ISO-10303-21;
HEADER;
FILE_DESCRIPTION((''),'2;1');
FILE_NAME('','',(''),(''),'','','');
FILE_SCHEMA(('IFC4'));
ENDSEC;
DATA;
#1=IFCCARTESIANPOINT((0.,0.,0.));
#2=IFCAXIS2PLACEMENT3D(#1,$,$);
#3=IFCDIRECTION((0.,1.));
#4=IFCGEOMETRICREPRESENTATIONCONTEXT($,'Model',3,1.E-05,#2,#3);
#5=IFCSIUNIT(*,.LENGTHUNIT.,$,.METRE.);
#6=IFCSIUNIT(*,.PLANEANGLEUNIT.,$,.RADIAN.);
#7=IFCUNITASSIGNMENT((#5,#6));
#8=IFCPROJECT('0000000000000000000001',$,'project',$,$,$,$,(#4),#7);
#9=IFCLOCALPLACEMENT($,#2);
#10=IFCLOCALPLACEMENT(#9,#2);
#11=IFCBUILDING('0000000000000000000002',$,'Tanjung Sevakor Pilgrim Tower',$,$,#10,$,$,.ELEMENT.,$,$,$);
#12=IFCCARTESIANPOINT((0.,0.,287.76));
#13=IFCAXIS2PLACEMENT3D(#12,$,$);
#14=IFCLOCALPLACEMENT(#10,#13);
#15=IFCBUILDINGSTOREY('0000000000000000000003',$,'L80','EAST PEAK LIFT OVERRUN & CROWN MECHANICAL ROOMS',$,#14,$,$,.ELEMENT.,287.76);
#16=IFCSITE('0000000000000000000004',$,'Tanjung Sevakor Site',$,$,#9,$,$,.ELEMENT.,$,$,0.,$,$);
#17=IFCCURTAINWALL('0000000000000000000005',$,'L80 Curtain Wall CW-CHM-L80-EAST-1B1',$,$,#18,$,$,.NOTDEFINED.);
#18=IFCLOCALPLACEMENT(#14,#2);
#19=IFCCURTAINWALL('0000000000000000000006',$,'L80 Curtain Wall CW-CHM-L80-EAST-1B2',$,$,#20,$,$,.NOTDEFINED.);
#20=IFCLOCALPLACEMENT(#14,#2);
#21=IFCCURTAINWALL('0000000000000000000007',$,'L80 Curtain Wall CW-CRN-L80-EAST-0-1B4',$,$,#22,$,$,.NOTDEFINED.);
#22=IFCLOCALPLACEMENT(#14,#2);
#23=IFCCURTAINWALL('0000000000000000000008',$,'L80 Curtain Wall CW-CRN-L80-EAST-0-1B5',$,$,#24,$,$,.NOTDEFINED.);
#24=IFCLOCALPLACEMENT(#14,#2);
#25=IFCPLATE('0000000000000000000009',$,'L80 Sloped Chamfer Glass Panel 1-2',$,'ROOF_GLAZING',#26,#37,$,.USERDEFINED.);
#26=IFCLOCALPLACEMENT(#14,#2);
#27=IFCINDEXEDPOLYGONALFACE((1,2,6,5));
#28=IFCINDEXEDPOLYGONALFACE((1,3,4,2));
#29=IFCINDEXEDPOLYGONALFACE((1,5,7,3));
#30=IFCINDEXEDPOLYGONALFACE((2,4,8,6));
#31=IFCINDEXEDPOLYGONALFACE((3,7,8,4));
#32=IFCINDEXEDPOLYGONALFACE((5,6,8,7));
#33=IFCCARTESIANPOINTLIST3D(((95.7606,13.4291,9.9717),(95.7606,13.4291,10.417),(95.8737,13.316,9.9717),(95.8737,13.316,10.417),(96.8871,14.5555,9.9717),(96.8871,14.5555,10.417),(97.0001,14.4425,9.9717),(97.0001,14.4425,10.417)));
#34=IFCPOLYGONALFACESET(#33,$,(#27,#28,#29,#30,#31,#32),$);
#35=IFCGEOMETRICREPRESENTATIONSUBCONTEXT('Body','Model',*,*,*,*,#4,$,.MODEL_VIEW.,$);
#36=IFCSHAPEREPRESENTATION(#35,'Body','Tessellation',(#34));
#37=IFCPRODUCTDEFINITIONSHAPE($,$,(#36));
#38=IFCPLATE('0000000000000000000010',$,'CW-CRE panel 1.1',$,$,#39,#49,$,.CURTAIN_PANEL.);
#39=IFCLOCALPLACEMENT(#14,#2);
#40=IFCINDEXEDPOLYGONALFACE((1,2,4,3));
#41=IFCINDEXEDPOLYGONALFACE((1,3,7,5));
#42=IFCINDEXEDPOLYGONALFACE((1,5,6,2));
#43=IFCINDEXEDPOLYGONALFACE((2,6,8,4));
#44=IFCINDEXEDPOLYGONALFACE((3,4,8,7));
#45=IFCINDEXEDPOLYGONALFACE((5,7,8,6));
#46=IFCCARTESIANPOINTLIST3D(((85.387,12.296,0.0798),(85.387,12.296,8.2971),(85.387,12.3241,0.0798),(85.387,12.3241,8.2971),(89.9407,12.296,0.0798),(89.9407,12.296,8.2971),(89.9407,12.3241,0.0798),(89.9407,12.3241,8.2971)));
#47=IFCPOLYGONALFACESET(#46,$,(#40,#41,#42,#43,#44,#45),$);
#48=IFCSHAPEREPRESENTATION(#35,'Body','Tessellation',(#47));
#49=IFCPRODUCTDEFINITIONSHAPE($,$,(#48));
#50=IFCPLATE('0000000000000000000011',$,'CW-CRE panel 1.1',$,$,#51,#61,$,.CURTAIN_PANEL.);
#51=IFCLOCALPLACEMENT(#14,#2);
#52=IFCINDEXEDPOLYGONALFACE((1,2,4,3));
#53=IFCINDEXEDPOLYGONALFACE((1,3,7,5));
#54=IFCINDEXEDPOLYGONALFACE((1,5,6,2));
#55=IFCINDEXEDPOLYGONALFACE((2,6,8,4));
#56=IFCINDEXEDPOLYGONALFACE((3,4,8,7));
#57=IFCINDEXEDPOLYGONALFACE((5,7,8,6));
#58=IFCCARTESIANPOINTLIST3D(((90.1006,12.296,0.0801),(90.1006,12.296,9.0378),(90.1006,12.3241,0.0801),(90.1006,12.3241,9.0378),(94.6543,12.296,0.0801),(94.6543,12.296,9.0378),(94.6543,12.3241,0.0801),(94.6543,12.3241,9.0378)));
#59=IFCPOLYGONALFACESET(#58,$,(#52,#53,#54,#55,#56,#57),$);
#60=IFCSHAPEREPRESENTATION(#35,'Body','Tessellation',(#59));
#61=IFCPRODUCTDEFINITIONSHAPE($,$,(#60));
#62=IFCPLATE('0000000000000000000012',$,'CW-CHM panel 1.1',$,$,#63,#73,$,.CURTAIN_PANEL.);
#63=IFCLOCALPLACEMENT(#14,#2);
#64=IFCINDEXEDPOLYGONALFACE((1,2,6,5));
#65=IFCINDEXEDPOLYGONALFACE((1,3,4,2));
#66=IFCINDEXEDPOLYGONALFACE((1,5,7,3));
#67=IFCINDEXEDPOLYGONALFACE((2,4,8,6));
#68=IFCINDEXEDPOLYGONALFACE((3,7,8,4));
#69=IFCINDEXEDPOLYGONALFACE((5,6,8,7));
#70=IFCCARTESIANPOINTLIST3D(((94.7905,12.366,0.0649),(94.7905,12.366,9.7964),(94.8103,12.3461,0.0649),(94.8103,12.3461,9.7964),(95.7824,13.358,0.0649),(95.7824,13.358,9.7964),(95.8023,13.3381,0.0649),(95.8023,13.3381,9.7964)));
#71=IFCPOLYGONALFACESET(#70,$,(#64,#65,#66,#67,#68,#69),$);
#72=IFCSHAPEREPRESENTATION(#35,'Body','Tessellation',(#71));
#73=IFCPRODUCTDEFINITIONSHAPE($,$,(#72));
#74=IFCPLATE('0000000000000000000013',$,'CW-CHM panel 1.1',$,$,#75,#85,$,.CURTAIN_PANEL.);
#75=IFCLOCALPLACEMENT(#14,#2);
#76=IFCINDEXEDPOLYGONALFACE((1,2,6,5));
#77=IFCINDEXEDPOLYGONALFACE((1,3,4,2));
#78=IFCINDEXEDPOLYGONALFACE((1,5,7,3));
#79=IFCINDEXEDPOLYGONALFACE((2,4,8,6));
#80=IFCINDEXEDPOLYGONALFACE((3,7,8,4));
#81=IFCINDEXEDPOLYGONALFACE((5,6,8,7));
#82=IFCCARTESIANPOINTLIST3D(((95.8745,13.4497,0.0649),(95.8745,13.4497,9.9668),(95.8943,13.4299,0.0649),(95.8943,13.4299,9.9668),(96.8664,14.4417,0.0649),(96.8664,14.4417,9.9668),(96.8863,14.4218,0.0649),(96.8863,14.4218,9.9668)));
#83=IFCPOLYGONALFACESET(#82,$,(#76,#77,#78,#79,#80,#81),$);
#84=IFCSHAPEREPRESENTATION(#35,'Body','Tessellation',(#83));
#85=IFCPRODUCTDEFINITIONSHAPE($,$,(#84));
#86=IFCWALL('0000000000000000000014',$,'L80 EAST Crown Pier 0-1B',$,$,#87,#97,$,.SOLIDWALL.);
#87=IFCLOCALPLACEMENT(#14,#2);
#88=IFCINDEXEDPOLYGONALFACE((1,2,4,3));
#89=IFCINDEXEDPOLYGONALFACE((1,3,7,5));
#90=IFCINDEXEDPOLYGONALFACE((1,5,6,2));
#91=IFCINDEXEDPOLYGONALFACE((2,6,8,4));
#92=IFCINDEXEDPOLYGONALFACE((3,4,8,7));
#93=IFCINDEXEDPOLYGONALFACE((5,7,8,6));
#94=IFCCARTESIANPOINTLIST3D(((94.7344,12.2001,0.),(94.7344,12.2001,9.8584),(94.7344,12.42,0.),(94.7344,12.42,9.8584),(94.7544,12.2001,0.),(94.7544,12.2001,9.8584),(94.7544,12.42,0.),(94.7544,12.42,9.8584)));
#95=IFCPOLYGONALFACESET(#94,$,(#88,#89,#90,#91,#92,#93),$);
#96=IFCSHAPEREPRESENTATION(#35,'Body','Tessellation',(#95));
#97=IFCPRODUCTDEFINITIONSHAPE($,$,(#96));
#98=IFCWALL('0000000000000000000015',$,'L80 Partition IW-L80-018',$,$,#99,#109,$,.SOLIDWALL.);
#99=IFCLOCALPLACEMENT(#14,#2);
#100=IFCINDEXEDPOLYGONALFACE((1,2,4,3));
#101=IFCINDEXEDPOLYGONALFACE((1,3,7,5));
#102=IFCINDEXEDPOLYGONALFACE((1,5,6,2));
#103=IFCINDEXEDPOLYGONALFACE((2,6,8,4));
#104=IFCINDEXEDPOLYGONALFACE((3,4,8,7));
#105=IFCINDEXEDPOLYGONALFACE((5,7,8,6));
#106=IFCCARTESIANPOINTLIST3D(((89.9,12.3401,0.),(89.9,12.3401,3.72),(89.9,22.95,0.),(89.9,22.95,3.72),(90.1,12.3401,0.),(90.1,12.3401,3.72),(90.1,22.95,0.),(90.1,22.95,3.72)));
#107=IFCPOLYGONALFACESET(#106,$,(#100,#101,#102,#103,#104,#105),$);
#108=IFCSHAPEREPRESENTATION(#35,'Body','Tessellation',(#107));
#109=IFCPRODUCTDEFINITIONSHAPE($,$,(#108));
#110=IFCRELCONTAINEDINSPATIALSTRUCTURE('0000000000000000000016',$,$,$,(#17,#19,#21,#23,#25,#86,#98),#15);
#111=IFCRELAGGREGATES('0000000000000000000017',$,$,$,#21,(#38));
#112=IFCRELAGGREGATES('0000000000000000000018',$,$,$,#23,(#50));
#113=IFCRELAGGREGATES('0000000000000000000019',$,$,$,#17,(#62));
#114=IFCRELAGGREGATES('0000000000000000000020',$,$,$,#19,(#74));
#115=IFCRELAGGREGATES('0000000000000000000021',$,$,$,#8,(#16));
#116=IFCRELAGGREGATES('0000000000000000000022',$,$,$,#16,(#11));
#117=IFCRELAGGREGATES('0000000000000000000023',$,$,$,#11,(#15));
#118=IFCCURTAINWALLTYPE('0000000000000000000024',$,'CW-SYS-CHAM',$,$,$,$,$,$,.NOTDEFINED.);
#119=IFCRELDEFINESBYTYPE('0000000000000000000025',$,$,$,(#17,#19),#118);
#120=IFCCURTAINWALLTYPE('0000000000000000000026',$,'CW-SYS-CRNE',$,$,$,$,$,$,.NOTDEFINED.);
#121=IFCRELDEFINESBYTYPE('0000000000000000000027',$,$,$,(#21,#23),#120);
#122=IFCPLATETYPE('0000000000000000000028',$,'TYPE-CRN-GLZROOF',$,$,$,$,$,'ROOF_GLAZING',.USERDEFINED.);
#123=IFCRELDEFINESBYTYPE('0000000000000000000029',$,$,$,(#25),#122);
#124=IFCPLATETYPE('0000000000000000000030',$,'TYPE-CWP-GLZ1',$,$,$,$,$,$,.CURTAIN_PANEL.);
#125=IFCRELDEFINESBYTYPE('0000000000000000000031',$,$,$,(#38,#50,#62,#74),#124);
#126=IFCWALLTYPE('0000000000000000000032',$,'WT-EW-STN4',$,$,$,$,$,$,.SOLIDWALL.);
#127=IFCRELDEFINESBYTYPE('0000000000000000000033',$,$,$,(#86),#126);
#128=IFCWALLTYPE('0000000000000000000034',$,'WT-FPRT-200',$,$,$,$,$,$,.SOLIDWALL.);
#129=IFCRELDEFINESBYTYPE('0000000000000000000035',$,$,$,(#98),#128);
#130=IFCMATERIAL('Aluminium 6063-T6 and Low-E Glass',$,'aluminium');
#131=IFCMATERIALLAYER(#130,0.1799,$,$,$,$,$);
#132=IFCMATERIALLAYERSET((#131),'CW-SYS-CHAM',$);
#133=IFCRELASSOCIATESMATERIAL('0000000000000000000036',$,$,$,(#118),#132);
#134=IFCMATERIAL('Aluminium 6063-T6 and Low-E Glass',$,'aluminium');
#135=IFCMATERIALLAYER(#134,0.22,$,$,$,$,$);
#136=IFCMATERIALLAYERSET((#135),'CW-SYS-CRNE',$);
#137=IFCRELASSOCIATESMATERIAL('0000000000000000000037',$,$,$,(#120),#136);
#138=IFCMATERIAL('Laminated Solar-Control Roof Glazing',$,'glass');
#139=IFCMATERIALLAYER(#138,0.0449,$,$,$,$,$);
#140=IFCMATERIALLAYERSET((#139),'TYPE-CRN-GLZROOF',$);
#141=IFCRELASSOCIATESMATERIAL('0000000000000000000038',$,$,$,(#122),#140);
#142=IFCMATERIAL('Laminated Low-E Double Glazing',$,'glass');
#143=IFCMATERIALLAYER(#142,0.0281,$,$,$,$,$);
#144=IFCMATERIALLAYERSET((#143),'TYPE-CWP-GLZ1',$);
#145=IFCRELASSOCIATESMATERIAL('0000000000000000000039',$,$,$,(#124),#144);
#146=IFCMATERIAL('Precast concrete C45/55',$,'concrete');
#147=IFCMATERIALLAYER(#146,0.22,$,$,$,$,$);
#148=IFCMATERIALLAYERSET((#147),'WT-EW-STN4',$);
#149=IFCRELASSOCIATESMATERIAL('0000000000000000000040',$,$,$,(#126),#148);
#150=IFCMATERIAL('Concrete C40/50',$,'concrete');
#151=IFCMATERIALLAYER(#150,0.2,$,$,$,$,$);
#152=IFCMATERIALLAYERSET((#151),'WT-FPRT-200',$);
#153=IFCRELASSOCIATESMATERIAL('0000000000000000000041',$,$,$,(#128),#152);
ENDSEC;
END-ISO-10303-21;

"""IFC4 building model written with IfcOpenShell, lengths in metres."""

from ifc_helpers import new_model, si_unit, direction, frame, frame_2d, origin, origin_2d, place, context, subcontext, project, spatial, rectangle, extrude, material, layer, layer_set, type_object, element, aggregate, save


model = new_model("IFC4")

# Units and contexts
model_context = context("Model", 3, precision=1e-05, world=origin(), true_north=direction((0.0, 1.0)))
body_context = subcontext(model_context, "Body", "Model", "MODEL_VIEW")
ifc_project = project(units=[si_unit("LENGTHUNIT", "METRE"), si_unit("PLANEANGLEUNIT", "RADIAN")], contexts=[model_context])

# Site, building, storey
site_placement = place(None, origin())
site = spatial("IfcSite", under=ifc_project, at=site_placement, Name="Tanjung Sevakor Site", CompositionType="ELEMENT", RefElevation=0.0)
building_placement = place(site_placement, origin())
building = spatial("IfcBuilding", under=site, at=building_placement, Name="Tanjung Sevakor Pilgrim Tower", CompositionType="ELEMENT")
storey_placement = place(building_placement, frame((0.0, 0.0, 287.76)))
storey = spatial("IfcBuildingStorey", under=building, at=storey_placement, Name="L80", Description="EAST PEAK LIFT OVERRUN & CROWN MECHANICAL ROOMS", CompositionType="ELEMENT", Elevation=287.76)

# Curtain walls
ifc_material_1 = material(Name="Aluminium 6063-T6 and Low-E Glass", Category="aluminium")
ifc_layer_1 = layer(ifc_material_1, 0.1799)
ifc_layer_set_1 = layer_set([ifc_layer_1], Name="CW-SYS-CHAM")
curtain_wall_type_1 = type_object("IfcCurtainWallType", Name="CW-SYS-CHAM", PredefinedType="NOTDEFINED", material=ifc_layer_set_1)
curtain_wall_1_placement = place(storey_placement, origin())
curtain_wall_1 = element("IfcCurtainWall", 1, at=curtain_wall_1_placement, inside=storey, type_object=curtain_wall_type_1, Name="L80 Curtain Wall CW-CHM-L80-EAST-1B1", PredefinedType="NOTDEFINED")
curtain_wall_2_placement = place(storey_placement, origin())
curtain_wall_2 = element("IfcCurtainWall", 2, at=curtain_wall_2_placement, inside=storey, type_object=curtain_wall_type_1, Name="L80 Curtain Wall CW-CHM-L80-EAST-1B2", PredefinedType="NOTDEFINED")

# Shared definitions
ifc_material_2 = material(Name="Aluminium 6063-T6 and Low-E Glass", Category="aluminium")
ifc_layer_2 = layer(ifc_material_2, 0.22)
ifc_layer_set_2 = layer_set([ifc_layer_2], Name="CW-SYS-CRNE")
curtain_wall_type_2 = type_object("IfcCurtainWallType", Name="CW-SYS-CRNE", PredefinedType="NOTDEFINED", material=ifc_layer_set_2)

# Curtain walls
curtain_wall_3_placement = place(storey_placement, origin())
curtain_wall_3 = element("IfcCurtainWall", 3, at=curtain_wall_3_placement, inside=storey, type_object=curtain_wall_type_2, Name="L80 Curtain Wall CW-CRN-L80-EAST-0-1B4", PredefinedType="NOTDEFINED")
curtain_wall_4_placement = place(storey_placement, origin())
curtain_wall_4 = element("IfcCurtainWall", 4, at=curtain_wall_4_placement, inside=storey, type_object=curtain_wall_type_2, Name="L80 Curtain Wall CW-CRN-L80-EAST-0-1B5", PredefinedType="NOTDEFINED")

# Plate
ifc_material_3 = material(Name="Laminated Solar-Control Roof Glazing", Category="glass")
ifc_layer_3 = layer(ifc_material_3, 0.0449)
ifc_layer_set_3 = layer_set([ifc_layer_3], Name="TYPE-CRN-GLZROOF")
plate_type_1 = type_object("IfcPlateType", Name="TYPE-CRN-GLZROOF", ElementType="ROOF_GLAZING", PredefinedType="USERDEFINED", material=ifc_layer_set_3)
for number, where, z_axis, x_axis, name in (
    (5, (96.3804, 13.9358, 9.9717), (0.0, 0.0, 1.0), (0.707107, 0.707107, 0.0), "L80 Sloped Chamfer Glass Panel 1-2"),
):
    element("IfcPlate", number, at=place(storey_placement, frame(where, z_axis=z_axis, x_axis=x_axis)), inside=storey, type_object=plate_type_1, Name=name, ObjectType="ROOF_GLAZING", PredefinedType="USERDEFINED", context=body_context, shape_type="SweptSolid", body=[
        extrude(rectangle(XDim=1.593, YDim=0.1599, at=origin_2d()), origin(), (0.0, 0.0, 1.0), 0.4453),
    ])

# Plates
ifc_material_4 = material(Name="Laminated Low-E Double Glazing", Category="glass")
ifc_layer_4 = layer(ifc_material_4, 0.0281)
ifc_layer_set_4 = layer_set([ifc_layer_4], Name="TYPE-CWP-GLZ1")
plate_type_2 = type_object("IfcPlateType", Name="TYPE-CWP-GLZ1", PredefinedType="CURTAIN_PANEL", material=ifc_layer_set_4)
plate_1_placement = place(storey_placement, frame((87.6638, 12.3101, 0.0798), z_axis=(0.0, 0.0, 1.0), x_axis=(1.0, 0.0, 0.0)))
plate_1 = element("IfcPlate", 6, at=plate_1_placement, type_object=plate_type_2, Name="CW-CRE panel 1.1", PredefinedType="CURTAIN_PANEL", context=body_context, shape_type="SweptSolid", body=[
    extrude(rectangle(XDim=4.5537, YDim=0.0281, at=origin_2d()), origin(), (0.0, 0.0, 1.0), 8.2173),
])
aggregate(curtain_wall_3, [plate_1])
plate_2_placement = place(storey_placement, frame((92.3774, 12.3101, 0.0801), z_axis=(0.0, 0.0, 1.0), x_axis=(1.0, 0.0, 0.0)))
plate_2 = element("IfcPlate", 7, at=plate_2_placement, type_object=plate_type_2, Name="CW-CRE panel 1.1", PredefinedType="CURTAIN_PANEL", context=body_context, shape_type="SweptSolid", body=[
    extrude(rectangle(XDim=4.5537, YDim=0.0281, at=origin_2d()), origin(), (0.0, 0.0, 1.0), 8.9578),
])
aggregate(curtain_wall_4, [plate_2])
plate_3_placement = place(storey_placement, frame((95.2964, 12.8521, 0.0649), z_axis=(0.0, 0.0, 1.0), x_axis=(0.707107, 0.707107, 0.0)))
plate_3 = element("IfcPlate", 8, at=plate_3_placement, type_object=plate_type_2, Name="CW-CHM panel 1.1", PredefinedType="CURTAIN_PANEL", context=body_context, shape_type="SweptSolid", body=[
    extrude(rectangle(XDim=1.4028, YDim=0.0281, at=origin_2d()), origin(), (0.0, 0.0, 1.0), 9.7314),
])
aggregate(curtain_wall_1, [plate_3])
plate_4_placement = place(storey_placement, frame((96.3804, 13.9358, 0.0649), z_axis=(0.0, 0.0, 1.0), x_axis=(0.707107, 0.707107, 0.0)))
plate_4 = element("IfcPlate", 9, at=plate_4_placement, type_object=plate_type_2, Name="CW-CHM panel 1.1", PredefinedType="CURTAIN_PANEL", context=body_context, shape_type="SweptSolid", body=[
    extrude(rectangle(XDim=1.4028, YDim=0.0281, at=origin_2d()), origin(), (0.0, 0.0, 1.0), 9.9019),
])
aggregate(curtain_wall_2, [plate_4])

# Walls
ifc_material_5 = material(Name="Precast concrete C45/55", Category="concrete")
ifc_layer_5 = layer(ifc_material_5, 0.22)
ifc_layer_set_5 = layer_set([ifc_layer_5], Name="WT-EW-STN4")
wall_type_1 = type_object("IfcWallType", Name="WT-EW-STN4", PredefinedType="SOLIDWALL", material=ifc_layer_set_5)
wall_1_placement = place(storey_placement, frame((94.7344, 12.3101, 0.0), z_axis=(0.0, 0.0, 1.0), x_axis=(1.0, 0.0, 0.0)))
element("IfcWall", 10, at=wall_1_placement, inside=storey, type_object=wall_type_1, Name="L80 EAST Crown Pier 0-1B", PredefinedType="SOLIDWALL", context=body_context, shape_type="SweptSolid", body=[
    extrude(rectangle(XDim=0.02, YDim=0.22, at=frame_2d((0.01, 0.0))), origin(), (0.0, 0.0, 1.0), 9.8584),
])
ifc_material_6 = material(Name="Concrete C40/50", Category="concrete")
ifc_layer_6 = layer(ifc_material_6, 0.2)
ifc_layer_set_6 = layer_set([ifc_layer_6], Name="WT-FPRT-200")
wall_type_2 = type_object("IfcWallType", Name="WT-FPRT-200", PredefinedType="SOLIDWALL", material=ifc_layer_set_6)
wall_2_placement = place(storey_placement, frame((90.0, 12.3401, 0.0), z_axis=(0.0, 0.0, 1.0), x_axis=(0.0, 1.0, 0.0)))
element("IfcWall", 11, at=wall_2_placement, inside=storey, type_object=wall_type_2, Name="L80 Partition IW-L80-018", PredefinedType="SOLIDWALL", context=body_context, shape_type="SweptSolid", body=[
    extrude(rectangle(XDim=10.6099, YDim=0.2, at=frame_2d((5.3049, 0.0))), origin(), (0.0, 0.0, 1.0), 3.72),
])

save(model, "model.ifc")
